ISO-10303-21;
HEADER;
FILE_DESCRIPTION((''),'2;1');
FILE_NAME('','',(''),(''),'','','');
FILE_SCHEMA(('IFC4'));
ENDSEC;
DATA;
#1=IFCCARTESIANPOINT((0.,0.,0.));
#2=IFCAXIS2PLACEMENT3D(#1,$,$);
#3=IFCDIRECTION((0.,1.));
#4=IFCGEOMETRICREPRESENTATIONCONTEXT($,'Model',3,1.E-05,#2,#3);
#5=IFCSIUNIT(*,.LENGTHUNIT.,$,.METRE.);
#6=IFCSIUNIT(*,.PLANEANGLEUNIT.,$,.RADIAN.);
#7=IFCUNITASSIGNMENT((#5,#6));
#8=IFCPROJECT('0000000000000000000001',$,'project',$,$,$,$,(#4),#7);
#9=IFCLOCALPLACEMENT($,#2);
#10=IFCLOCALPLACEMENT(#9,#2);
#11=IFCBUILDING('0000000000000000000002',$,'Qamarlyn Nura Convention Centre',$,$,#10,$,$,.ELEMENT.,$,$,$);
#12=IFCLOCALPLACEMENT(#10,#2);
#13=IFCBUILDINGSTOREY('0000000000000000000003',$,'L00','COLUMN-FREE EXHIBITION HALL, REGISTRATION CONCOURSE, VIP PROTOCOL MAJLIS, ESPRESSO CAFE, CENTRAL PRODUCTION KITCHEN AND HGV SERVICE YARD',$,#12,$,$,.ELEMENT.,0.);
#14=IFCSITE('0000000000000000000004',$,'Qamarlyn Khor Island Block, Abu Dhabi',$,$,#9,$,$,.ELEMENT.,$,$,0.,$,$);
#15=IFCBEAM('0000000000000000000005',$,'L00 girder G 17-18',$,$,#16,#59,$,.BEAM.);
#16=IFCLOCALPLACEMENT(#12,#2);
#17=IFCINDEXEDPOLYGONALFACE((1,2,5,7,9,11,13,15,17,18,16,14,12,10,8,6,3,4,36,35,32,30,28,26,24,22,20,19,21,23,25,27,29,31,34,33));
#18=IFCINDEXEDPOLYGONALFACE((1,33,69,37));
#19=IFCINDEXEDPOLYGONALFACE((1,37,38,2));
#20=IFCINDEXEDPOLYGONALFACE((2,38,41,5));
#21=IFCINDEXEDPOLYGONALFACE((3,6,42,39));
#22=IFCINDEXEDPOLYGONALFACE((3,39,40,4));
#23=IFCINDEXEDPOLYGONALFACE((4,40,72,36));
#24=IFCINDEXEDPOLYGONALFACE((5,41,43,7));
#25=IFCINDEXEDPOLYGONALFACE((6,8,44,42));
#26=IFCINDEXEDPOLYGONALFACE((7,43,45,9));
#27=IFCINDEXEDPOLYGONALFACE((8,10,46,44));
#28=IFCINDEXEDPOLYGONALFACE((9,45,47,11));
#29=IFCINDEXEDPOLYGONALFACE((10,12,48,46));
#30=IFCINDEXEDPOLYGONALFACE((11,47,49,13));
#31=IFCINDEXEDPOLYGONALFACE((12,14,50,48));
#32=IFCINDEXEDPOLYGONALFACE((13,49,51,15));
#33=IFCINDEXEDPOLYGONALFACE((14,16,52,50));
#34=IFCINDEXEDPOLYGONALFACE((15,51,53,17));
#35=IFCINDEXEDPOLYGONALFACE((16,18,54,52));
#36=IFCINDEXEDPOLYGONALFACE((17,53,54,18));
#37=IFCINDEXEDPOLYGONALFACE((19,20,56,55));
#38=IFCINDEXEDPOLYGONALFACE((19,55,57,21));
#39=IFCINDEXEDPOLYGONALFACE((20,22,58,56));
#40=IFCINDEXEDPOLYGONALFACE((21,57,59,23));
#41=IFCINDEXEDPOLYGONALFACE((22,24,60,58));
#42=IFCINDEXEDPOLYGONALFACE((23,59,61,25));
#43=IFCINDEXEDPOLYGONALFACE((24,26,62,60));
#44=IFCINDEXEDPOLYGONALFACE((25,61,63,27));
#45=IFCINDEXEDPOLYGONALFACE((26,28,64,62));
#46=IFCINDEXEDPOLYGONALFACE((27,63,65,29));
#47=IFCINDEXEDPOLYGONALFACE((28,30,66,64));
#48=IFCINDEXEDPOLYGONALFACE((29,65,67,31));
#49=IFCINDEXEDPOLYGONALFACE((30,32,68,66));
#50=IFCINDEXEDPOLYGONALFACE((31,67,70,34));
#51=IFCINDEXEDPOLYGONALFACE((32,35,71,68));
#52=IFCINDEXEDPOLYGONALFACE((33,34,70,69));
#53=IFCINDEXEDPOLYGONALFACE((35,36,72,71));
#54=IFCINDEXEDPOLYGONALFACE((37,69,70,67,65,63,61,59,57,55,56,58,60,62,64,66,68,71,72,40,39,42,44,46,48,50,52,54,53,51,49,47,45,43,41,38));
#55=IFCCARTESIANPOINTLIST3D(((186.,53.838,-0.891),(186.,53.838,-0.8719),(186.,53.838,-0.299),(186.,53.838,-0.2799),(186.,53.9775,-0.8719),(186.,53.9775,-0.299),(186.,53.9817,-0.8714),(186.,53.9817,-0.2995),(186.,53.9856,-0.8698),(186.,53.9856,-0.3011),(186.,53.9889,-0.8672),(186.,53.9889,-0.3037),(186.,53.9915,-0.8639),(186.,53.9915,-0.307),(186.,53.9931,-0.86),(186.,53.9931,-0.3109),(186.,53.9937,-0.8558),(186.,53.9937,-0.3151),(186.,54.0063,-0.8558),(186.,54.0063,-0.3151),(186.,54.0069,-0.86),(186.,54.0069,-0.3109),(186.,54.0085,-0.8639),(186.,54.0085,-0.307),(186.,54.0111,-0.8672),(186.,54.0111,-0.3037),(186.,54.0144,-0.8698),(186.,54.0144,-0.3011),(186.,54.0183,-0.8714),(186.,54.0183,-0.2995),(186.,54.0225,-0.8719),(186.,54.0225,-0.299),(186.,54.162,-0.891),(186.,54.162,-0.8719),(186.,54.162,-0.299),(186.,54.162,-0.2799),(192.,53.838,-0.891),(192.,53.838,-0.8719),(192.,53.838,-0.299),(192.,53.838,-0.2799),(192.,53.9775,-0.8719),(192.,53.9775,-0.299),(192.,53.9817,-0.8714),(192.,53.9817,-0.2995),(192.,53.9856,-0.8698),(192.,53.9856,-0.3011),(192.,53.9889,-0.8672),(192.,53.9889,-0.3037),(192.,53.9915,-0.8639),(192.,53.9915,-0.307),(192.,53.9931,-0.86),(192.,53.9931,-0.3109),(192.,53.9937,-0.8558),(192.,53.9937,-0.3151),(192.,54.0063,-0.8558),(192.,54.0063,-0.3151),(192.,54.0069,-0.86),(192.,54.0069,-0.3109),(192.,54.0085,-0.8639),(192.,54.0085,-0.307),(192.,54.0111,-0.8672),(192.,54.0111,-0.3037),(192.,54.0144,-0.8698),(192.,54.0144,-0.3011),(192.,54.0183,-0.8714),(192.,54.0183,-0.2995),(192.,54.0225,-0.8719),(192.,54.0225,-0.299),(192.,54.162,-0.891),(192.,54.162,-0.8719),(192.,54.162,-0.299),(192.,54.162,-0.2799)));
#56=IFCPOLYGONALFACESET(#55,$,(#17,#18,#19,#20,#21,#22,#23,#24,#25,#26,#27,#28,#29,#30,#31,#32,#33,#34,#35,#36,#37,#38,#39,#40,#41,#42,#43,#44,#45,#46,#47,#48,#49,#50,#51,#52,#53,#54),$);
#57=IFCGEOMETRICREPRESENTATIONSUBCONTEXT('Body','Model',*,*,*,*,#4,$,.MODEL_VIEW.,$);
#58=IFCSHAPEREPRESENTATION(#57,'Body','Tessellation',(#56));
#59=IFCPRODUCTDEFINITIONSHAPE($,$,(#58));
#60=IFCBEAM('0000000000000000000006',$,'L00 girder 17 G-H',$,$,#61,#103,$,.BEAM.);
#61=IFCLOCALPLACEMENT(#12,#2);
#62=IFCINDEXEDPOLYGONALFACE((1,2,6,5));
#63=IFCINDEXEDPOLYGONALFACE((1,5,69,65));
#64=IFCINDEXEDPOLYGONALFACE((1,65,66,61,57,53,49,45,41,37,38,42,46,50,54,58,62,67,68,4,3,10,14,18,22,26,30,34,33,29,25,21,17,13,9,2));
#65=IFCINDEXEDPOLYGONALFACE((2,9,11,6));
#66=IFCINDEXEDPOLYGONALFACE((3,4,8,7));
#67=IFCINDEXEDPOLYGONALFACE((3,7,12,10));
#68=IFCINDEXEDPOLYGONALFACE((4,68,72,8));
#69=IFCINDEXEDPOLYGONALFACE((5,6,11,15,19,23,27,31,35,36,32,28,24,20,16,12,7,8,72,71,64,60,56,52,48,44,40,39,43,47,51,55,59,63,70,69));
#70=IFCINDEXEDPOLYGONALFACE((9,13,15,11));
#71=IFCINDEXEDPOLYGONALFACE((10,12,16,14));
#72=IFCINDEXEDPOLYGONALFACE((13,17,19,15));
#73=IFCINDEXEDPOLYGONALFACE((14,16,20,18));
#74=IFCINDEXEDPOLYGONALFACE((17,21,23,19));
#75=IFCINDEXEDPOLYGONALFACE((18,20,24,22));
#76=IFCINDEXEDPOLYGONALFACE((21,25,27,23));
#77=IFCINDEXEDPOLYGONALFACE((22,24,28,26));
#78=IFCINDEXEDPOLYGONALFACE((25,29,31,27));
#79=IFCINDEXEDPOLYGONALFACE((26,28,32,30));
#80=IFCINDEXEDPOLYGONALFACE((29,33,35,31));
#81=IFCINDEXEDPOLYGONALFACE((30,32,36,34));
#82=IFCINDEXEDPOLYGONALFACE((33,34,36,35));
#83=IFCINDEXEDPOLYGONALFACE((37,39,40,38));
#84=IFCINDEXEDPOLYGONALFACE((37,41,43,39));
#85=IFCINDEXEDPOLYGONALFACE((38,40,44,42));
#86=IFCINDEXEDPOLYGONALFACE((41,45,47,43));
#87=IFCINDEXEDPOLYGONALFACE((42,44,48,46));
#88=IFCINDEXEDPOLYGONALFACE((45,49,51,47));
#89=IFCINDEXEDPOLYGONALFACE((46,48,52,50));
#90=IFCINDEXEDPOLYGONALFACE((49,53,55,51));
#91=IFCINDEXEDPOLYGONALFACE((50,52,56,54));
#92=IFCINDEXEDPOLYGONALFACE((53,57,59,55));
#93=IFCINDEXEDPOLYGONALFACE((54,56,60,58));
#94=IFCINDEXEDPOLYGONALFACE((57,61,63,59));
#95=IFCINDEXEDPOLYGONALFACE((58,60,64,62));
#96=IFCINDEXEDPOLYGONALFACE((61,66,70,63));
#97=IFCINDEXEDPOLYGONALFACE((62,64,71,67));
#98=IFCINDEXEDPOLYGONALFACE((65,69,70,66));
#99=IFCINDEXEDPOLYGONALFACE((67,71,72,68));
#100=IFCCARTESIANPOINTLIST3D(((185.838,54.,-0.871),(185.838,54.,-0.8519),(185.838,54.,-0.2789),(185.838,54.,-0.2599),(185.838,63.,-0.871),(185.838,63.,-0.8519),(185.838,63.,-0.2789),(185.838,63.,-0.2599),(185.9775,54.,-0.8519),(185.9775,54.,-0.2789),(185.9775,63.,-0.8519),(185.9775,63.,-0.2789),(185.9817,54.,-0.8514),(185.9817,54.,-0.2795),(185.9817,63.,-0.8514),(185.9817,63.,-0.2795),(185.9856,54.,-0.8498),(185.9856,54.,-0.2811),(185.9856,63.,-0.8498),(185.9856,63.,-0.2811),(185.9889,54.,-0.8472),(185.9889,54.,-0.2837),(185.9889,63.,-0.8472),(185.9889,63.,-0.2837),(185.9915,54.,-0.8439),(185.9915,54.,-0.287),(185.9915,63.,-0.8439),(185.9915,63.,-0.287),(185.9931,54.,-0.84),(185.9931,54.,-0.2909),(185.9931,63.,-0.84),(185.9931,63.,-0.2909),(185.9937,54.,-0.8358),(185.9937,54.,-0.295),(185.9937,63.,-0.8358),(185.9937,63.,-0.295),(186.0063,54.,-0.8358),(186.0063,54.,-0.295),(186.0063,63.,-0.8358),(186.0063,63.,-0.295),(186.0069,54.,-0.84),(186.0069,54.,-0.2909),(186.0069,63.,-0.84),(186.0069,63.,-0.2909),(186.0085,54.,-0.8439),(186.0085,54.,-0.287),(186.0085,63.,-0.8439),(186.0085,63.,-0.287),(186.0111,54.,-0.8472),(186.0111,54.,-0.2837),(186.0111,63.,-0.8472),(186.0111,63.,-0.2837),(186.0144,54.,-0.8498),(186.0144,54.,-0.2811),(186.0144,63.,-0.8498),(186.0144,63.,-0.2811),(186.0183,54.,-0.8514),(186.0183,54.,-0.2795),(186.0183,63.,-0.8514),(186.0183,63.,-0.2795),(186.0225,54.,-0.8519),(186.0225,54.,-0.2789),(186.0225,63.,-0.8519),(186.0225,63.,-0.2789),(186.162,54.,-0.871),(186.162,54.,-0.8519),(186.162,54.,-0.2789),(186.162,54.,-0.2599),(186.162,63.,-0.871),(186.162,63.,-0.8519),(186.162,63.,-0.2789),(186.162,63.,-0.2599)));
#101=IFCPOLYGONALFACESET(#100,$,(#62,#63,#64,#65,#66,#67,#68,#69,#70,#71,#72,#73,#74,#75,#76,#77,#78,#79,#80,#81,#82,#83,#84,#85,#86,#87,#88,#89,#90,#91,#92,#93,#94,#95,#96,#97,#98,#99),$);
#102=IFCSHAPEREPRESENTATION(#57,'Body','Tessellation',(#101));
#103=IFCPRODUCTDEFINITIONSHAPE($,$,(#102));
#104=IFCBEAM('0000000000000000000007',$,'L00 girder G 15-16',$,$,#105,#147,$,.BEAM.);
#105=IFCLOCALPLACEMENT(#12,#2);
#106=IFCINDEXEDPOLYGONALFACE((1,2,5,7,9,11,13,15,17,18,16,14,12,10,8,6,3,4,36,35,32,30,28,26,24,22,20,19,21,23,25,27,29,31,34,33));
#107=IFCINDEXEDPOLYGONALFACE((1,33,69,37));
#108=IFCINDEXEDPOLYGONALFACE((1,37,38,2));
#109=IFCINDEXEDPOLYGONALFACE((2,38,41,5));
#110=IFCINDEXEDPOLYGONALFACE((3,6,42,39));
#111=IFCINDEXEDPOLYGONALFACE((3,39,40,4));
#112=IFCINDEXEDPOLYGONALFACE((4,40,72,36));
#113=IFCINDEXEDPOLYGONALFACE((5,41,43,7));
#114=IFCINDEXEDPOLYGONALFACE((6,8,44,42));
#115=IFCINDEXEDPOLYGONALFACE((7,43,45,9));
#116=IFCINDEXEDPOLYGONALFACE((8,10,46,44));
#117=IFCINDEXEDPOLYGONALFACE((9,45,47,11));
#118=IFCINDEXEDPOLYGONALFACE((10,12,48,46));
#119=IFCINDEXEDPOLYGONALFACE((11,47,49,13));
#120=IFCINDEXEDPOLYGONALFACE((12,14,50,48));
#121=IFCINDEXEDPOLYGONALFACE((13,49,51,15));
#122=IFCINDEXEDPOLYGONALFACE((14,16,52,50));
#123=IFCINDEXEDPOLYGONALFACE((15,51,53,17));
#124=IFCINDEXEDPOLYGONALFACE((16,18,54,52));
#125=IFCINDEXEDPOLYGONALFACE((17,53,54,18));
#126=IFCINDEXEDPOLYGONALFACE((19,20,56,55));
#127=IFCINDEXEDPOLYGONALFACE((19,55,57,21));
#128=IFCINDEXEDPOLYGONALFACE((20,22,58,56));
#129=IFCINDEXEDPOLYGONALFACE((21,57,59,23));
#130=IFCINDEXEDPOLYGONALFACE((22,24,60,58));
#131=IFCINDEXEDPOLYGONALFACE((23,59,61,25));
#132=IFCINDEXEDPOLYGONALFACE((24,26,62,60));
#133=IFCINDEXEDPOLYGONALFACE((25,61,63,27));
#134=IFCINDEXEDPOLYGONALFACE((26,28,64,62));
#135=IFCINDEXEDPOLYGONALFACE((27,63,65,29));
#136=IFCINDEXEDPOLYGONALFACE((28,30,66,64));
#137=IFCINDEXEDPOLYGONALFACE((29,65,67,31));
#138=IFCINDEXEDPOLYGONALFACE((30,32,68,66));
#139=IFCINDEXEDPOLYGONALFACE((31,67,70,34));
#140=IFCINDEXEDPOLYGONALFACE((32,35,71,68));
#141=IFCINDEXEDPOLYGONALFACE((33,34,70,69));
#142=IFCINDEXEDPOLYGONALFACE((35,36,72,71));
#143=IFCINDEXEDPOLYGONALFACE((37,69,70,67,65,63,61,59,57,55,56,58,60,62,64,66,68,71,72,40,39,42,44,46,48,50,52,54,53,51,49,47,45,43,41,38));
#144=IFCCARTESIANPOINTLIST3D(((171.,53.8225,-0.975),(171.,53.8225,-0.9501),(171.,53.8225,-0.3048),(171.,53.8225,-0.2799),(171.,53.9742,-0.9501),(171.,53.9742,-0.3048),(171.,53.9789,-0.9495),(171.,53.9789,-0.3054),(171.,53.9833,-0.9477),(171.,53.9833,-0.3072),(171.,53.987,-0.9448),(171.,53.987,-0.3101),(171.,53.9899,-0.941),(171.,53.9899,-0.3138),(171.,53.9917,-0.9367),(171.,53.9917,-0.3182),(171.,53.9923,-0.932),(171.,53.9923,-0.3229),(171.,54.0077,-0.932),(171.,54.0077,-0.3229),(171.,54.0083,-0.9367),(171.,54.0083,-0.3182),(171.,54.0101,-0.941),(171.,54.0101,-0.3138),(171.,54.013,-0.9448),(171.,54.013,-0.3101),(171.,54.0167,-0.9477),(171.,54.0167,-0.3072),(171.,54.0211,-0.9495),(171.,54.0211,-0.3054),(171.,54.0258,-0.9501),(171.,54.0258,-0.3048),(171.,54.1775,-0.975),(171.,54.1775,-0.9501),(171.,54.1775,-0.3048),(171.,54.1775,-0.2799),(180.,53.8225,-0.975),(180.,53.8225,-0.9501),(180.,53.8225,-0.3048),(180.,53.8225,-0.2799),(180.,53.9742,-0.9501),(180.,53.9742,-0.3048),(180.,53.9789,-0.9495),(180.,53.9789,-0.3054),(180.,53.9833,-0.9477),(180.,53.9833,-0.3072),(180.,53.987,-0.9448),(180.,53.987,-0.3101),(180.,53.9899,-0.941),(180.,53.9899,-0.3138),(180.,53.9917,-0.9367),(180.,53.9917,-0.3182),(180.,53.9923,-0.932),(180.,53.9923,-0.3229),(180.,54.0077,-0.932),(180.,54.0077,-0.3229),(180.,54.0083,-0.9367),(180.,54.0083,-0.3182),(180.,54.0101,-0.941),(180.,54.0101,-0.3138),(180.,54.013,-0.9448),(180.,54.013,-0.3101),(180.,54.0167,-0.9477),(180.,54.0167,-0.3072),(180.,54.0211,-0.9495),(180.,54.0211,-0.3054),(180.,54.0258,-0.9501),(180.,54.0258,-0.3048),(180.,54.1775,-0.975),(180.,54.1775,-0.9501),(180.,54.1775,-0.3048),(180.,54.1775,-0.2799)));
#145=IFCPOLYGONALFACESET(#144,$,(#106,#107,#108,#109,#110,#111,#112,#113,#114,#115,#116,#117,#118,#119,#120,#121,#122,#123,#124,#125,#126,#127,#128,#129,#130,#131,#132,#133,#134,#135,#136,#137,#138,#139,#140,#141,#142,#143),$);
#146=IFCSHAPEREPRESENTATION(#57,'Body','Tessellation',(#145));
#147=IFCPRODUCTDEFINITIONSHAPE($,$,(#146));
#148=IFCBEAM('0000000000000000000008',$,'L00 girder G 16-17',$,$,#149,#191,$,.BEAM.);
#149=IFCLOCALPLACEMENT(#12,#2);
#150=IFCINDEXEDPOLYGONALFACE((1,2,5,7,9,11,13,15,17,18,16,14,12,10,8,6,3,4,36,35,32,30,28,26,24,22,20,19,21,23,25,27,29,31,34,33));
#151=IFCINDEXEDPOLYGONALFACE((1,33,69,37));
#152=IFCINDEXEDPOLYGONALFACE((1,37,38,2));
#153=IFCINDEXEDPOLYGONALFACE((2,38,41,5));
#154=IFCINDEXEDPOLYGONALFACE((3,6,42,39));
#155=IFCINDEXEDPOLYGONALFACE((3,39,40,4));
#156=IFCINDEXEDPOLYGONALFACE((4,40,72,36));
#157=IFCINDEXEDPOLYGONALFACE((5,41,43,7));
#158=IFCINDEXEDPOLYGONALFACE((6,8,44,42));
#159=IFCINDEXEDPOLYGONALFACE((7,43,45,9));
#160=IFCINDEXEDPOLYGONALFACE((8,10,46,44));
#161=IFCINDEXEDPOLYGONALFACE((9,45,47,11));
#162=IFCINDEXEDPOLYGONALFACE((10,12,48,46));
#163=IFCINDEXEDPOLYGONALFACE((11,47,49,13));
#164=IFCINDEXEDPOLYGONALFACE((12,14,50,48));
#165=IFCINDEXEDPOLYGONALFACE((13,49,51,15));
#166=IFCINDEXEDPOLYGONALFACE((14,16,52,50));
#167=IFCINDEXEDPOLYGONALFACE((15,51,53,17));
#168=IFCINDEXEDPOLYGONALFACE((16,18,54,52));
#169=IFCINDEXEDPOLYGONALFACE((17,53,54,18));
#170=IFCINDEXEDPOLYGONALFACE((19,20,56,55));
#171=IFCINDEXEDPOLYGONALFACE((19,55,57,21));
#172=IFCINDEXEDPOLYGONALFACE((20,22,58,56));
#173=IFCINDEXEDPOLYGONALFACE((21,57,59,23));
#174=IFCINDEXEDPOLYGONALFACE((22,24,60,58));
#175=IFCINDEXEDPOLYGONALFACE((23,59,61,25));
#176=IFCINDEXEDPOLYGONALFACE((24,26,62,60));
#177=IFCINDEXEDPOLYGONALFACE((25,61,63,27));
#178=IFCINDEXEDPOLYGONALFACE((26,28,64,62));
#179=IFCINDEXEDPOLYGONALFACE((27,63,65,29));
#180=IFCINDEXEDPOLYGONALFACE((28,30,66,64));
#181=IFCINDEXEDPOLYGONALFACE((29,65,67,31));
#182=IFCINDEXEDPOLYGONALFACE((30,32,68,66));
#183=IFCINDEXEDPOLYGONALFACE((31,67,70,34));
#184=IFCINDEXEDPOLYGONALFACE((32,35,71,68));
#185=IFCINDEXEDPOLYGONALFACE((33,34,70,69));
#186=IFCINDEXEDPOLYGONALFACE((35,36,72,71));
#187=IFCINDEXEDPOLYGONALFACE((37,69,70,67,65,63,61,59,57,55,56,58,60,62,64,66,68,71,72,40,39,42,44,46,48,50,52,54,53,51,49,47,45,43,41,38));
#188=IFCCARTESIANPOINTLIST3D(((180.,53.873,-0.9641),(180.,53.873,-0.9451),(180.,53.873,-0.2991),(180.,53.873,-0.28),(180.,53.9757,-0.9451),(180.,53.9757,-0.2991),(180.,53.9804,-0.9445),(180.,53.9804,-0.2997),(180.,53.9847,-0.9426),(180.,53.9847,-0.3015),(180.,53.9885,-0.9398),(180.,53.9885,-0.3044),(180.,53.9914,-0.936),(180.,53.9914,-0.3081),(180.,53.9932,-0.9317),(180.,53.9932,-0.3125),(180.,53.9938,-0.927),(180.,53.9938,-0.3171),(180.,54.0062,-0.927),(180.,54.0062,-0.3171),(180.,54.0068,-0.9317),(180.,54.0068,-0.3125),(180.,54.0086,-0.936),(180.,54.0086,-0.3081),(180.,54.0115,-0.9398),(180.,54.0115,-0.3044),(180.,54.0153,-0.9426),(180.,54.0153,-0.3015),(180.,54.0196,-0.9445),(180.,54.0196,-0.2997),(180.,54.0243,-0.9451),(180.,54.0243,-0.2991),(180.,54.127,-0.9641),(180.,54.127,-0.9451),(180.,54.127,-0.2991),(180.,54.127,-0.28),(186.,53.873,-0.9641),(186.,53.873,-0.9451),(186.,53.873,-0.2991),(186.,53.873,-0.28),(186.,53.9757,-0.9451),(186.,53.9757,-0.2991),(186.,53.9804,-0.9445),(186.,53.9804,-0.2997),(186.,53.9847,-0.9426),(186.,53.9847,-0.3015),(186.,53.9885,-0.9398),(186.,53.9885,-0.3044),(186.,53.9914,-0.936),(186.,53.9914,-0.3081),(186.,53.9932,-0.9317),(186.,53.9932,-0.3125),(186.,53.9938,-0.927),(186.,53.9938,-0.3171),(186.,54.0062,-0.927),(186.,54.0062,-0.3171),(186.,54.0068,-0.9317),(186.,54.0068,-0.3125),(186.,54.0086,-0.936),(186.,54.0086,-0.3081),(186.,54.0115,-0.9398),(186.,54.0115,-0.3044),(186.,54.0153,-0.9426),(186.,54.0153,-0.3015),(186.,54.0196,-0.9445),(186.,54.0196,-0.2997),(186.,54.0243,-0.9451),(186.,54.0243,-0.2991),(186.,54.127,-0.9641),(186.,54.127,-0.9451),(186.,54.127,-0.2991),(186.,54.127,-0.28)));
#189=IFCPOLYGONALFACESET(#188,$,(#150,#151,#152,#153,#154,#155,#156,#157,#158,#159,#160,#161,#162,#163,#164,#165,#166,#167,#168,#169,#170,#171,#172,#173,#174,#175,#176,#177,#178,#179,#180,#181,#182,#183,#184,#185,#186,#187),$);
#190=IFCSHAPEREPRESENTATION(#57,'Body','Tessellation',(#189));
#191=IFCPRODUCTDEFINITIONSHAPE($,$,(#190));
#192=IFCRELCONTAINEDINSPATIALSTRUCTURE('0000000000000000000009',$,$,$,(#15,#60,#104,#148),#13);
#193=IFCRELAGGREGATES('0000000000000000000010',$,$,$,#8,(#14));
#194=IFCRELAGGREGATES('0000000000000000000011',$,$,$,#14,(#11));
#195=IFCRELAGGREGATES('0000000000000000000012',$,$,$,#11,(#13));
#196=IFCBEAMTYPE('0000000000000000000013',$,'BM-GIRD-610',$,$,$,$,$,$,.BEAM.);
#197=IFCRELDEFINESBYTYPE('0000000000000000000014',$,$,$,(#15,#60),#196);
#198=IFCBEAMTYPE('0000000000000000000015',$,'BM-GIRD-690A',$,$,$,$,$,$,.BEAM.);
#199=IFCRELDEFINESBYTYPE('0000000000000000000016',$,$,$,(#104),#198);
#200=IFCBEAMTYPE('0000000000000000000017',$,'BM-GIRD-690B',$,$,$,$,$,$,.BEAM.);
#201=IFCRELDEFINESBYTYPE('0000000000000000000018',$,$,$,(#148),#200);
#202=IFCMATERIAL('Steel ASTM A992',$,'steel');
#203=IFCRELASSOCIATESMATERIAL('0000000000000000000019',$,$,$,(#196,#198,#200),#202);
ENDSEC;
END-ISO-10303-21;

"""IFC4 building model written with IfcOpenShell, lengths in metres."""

from ifc_helpers import new_model, si_unit, direction, frame, origin, origin_2d, place, context, subcontext, project, spatial, i_section, extrude, material, material_profile, profile_set, type_object, element, save


model = new_model("IFC4")

# Units and contexts
model_context = context("Model", 3, precision=1e-05, world=origin(), true_north=direction((0.0, 1.0)))
body_context = subcontext(model_context, "Body", "Model", "MODEL_VIEW")
ifc_project = project(units=[si_unit("LENGTHUNIT", "METRE"), si_unit("PLANEANGLEUNIT", "RADIAN")], contexts=[model_context])

# Site, building, storey
site_placement = place(None, origin())
site = spatial("IfcSite", under=ifc_project, at=site_placement, Name="Qamarlyn Khor Island Block, Abu Dhabi", CompositionType="ELEMENT", RefElevation=0.0)
building_placement = place(site_placement, origin())
building = spatial("IfcBuilding", under=site, at=building_placement, Name="Qamarlyn Nura Convention Centre", CompositionType="ELEMENT")
storey_placement = place(building_placement, origin())
storey = spatial("IfcBuildingStorey", under=building, at=storey_placement, Name="L00", Description="COLUMN-FREE EXHIBITION HALL, REGISTRATION CONCOURSE, VIP PROTOCOL MAJLIS, ESPRESSO CAFE, CENTRAL PRODUCTION KITCHEN AND HGV SERVICE YARD", CompositionType="ELEMENT", Elevation=0.0)

# Shared definitions
ifc_material_1 = material(Name="Steel ASTM A992", Category="steel")

# Beams
ifc_material_profile_1 = material_profile(ifc_material_1, i_section(OverallWidth=0.324, OverallDepth=0.6111, WebThickness=0.0127, FlangeThickness=0.019, FilletRadius=0.0161, at=origin_2d()), Name="W610X155")
ifc_profile_set_1 = profile_set([ifc_material_profile_1], Name="Steel ASTM A992")
beam_type_1 = type_object("IfcBeamType", Name="BM-GIRD-610", PredefinedType="BEAM", material=ifc_profile_set_1)
beam_1_placement = place(storey_placement, frame((186.0, 54.0, -0.5854), z_axis=(1.0, 0.0, 0.0), x_axis=(0.0, 1.0, 0.0)))
element("IfcBeam", 1, at=beam_1_placement, inside=storey, type_object=beam_type_1, Name="L00 girder G 17-18", PredefinedType="BEAM", context=body_context, shape_type="SweptSolid", body=[
    extrude(i_section(OverallWidth=0.324, OverallDepth=0.6111, WebThickness=0.0127, FlangeThickness=0.019, FilletRadius=0.0161, at=origin_2d()), origin(), (0.0, 0.0, 1.0), 6.0),
])
beam_2_placement = place(storey_placement, frame((186.0, 54.0, -0.5654), z_axis=(0.0, 1.0, 0.0), x_axis=(-1.0, 0.0, 0.0)))
element("IfcBeam", 2, at=beam_2_placement, inside=storey, type_object=beam_type_1, Name="L00 girder 17 G-H", PredefinedType="BEAM", context=body_context, shape_type="SweptSolid", body=[
    extrude(i_section(OverallWidth=0.324, OverallDepth=0.6111, WebThickness=0.0127, FlangeThickness=0.019, FilletRadius=0.0161, at=origin_2d()), origin(), (0.0, 0.0, 1.0), 9.0),
])
ifc_material_profile_2 = material_profile(ifc_material_1, i_section(OverallWidth=0.355, OverallDepth=0.6951, WebThickness=0.0154, FlangeThickness=0.0249, FilletRadius=0.0181, at=origin_2d()), Name="W690X217")
ifc_profile_set_2 = profile_set([ifc_material_profile_2], Name="Steel ASTM A992")
beam_type_2 = type_object("IfcBeamType", Name="BM-GIRD-690A", PredefinedType="BEAM", material=ifc_profile_set_2)
beam_3_placement = place(storey_placement, frame((171.0, 54.0, -0.6274), z_axis=(1.0, 0.0, 0.0), x_axis=(0.0, 1.0, 0.0)))
element("IfcBeam", 3, at=beam_3_placement, inside=storey, type_object=beam_type_2, Name="L00 girder G 15-16", PredefinedType="BEAM", context=body_context, shape_type="SweptSolid", body=[
    extrude(i_section(OverallWidth=0.355, OverallDepth=0.6951, WebThickness=0.0154, FlangeThickness=0.0249, FilletRadius=0.0181, at=origin_2d()), origin(), (0.0, 0.0, 1.0), 9.0),
])
ifc_material_profile_3 = material_profile(ifc_material_1, i_section(OverallWidth=0.2539, OverallDepth=0.6841, WebThickness=0.0125, FlangeThickness=0.019, FilletRadius=0.0181, at=origin_2d()), Name="W690X140")
ifc_profile_set_3 = profile_set([ifc_material_profile_3], Name="Steel ASTM A992")
beam_type_3 = type_object("IfcBeamType", Name="BM-GIRD-690B", PredefinedType="BEAM", material=ifc_profile_set_3)
beam_4_placement = place(storey_placement, frame((180.0, 54.0, -0.6221), z_axis=(1.0, 0.0, 0.0), x_axis=(0.0, 1.0, 0.0)))
element("IfcBeam", 4, at=beam_4_placement, inside=storey, type_object=beam_type_3, Name="L00 girder G 16-17", PredefinedType="BEAM", context=body_context, shape_type="SweptSolid", body=[
    extrude(i_section(OverallWidth=0.2539, OverallDepth=0.6841, WebThickness=0.0125, FlangeThickness=0.019, FilletRadius=0.0181, at=origin_2d()), origin(), (0.0, 0.0, 1.0), 6.0),
])

save(model, "model.ifc")
